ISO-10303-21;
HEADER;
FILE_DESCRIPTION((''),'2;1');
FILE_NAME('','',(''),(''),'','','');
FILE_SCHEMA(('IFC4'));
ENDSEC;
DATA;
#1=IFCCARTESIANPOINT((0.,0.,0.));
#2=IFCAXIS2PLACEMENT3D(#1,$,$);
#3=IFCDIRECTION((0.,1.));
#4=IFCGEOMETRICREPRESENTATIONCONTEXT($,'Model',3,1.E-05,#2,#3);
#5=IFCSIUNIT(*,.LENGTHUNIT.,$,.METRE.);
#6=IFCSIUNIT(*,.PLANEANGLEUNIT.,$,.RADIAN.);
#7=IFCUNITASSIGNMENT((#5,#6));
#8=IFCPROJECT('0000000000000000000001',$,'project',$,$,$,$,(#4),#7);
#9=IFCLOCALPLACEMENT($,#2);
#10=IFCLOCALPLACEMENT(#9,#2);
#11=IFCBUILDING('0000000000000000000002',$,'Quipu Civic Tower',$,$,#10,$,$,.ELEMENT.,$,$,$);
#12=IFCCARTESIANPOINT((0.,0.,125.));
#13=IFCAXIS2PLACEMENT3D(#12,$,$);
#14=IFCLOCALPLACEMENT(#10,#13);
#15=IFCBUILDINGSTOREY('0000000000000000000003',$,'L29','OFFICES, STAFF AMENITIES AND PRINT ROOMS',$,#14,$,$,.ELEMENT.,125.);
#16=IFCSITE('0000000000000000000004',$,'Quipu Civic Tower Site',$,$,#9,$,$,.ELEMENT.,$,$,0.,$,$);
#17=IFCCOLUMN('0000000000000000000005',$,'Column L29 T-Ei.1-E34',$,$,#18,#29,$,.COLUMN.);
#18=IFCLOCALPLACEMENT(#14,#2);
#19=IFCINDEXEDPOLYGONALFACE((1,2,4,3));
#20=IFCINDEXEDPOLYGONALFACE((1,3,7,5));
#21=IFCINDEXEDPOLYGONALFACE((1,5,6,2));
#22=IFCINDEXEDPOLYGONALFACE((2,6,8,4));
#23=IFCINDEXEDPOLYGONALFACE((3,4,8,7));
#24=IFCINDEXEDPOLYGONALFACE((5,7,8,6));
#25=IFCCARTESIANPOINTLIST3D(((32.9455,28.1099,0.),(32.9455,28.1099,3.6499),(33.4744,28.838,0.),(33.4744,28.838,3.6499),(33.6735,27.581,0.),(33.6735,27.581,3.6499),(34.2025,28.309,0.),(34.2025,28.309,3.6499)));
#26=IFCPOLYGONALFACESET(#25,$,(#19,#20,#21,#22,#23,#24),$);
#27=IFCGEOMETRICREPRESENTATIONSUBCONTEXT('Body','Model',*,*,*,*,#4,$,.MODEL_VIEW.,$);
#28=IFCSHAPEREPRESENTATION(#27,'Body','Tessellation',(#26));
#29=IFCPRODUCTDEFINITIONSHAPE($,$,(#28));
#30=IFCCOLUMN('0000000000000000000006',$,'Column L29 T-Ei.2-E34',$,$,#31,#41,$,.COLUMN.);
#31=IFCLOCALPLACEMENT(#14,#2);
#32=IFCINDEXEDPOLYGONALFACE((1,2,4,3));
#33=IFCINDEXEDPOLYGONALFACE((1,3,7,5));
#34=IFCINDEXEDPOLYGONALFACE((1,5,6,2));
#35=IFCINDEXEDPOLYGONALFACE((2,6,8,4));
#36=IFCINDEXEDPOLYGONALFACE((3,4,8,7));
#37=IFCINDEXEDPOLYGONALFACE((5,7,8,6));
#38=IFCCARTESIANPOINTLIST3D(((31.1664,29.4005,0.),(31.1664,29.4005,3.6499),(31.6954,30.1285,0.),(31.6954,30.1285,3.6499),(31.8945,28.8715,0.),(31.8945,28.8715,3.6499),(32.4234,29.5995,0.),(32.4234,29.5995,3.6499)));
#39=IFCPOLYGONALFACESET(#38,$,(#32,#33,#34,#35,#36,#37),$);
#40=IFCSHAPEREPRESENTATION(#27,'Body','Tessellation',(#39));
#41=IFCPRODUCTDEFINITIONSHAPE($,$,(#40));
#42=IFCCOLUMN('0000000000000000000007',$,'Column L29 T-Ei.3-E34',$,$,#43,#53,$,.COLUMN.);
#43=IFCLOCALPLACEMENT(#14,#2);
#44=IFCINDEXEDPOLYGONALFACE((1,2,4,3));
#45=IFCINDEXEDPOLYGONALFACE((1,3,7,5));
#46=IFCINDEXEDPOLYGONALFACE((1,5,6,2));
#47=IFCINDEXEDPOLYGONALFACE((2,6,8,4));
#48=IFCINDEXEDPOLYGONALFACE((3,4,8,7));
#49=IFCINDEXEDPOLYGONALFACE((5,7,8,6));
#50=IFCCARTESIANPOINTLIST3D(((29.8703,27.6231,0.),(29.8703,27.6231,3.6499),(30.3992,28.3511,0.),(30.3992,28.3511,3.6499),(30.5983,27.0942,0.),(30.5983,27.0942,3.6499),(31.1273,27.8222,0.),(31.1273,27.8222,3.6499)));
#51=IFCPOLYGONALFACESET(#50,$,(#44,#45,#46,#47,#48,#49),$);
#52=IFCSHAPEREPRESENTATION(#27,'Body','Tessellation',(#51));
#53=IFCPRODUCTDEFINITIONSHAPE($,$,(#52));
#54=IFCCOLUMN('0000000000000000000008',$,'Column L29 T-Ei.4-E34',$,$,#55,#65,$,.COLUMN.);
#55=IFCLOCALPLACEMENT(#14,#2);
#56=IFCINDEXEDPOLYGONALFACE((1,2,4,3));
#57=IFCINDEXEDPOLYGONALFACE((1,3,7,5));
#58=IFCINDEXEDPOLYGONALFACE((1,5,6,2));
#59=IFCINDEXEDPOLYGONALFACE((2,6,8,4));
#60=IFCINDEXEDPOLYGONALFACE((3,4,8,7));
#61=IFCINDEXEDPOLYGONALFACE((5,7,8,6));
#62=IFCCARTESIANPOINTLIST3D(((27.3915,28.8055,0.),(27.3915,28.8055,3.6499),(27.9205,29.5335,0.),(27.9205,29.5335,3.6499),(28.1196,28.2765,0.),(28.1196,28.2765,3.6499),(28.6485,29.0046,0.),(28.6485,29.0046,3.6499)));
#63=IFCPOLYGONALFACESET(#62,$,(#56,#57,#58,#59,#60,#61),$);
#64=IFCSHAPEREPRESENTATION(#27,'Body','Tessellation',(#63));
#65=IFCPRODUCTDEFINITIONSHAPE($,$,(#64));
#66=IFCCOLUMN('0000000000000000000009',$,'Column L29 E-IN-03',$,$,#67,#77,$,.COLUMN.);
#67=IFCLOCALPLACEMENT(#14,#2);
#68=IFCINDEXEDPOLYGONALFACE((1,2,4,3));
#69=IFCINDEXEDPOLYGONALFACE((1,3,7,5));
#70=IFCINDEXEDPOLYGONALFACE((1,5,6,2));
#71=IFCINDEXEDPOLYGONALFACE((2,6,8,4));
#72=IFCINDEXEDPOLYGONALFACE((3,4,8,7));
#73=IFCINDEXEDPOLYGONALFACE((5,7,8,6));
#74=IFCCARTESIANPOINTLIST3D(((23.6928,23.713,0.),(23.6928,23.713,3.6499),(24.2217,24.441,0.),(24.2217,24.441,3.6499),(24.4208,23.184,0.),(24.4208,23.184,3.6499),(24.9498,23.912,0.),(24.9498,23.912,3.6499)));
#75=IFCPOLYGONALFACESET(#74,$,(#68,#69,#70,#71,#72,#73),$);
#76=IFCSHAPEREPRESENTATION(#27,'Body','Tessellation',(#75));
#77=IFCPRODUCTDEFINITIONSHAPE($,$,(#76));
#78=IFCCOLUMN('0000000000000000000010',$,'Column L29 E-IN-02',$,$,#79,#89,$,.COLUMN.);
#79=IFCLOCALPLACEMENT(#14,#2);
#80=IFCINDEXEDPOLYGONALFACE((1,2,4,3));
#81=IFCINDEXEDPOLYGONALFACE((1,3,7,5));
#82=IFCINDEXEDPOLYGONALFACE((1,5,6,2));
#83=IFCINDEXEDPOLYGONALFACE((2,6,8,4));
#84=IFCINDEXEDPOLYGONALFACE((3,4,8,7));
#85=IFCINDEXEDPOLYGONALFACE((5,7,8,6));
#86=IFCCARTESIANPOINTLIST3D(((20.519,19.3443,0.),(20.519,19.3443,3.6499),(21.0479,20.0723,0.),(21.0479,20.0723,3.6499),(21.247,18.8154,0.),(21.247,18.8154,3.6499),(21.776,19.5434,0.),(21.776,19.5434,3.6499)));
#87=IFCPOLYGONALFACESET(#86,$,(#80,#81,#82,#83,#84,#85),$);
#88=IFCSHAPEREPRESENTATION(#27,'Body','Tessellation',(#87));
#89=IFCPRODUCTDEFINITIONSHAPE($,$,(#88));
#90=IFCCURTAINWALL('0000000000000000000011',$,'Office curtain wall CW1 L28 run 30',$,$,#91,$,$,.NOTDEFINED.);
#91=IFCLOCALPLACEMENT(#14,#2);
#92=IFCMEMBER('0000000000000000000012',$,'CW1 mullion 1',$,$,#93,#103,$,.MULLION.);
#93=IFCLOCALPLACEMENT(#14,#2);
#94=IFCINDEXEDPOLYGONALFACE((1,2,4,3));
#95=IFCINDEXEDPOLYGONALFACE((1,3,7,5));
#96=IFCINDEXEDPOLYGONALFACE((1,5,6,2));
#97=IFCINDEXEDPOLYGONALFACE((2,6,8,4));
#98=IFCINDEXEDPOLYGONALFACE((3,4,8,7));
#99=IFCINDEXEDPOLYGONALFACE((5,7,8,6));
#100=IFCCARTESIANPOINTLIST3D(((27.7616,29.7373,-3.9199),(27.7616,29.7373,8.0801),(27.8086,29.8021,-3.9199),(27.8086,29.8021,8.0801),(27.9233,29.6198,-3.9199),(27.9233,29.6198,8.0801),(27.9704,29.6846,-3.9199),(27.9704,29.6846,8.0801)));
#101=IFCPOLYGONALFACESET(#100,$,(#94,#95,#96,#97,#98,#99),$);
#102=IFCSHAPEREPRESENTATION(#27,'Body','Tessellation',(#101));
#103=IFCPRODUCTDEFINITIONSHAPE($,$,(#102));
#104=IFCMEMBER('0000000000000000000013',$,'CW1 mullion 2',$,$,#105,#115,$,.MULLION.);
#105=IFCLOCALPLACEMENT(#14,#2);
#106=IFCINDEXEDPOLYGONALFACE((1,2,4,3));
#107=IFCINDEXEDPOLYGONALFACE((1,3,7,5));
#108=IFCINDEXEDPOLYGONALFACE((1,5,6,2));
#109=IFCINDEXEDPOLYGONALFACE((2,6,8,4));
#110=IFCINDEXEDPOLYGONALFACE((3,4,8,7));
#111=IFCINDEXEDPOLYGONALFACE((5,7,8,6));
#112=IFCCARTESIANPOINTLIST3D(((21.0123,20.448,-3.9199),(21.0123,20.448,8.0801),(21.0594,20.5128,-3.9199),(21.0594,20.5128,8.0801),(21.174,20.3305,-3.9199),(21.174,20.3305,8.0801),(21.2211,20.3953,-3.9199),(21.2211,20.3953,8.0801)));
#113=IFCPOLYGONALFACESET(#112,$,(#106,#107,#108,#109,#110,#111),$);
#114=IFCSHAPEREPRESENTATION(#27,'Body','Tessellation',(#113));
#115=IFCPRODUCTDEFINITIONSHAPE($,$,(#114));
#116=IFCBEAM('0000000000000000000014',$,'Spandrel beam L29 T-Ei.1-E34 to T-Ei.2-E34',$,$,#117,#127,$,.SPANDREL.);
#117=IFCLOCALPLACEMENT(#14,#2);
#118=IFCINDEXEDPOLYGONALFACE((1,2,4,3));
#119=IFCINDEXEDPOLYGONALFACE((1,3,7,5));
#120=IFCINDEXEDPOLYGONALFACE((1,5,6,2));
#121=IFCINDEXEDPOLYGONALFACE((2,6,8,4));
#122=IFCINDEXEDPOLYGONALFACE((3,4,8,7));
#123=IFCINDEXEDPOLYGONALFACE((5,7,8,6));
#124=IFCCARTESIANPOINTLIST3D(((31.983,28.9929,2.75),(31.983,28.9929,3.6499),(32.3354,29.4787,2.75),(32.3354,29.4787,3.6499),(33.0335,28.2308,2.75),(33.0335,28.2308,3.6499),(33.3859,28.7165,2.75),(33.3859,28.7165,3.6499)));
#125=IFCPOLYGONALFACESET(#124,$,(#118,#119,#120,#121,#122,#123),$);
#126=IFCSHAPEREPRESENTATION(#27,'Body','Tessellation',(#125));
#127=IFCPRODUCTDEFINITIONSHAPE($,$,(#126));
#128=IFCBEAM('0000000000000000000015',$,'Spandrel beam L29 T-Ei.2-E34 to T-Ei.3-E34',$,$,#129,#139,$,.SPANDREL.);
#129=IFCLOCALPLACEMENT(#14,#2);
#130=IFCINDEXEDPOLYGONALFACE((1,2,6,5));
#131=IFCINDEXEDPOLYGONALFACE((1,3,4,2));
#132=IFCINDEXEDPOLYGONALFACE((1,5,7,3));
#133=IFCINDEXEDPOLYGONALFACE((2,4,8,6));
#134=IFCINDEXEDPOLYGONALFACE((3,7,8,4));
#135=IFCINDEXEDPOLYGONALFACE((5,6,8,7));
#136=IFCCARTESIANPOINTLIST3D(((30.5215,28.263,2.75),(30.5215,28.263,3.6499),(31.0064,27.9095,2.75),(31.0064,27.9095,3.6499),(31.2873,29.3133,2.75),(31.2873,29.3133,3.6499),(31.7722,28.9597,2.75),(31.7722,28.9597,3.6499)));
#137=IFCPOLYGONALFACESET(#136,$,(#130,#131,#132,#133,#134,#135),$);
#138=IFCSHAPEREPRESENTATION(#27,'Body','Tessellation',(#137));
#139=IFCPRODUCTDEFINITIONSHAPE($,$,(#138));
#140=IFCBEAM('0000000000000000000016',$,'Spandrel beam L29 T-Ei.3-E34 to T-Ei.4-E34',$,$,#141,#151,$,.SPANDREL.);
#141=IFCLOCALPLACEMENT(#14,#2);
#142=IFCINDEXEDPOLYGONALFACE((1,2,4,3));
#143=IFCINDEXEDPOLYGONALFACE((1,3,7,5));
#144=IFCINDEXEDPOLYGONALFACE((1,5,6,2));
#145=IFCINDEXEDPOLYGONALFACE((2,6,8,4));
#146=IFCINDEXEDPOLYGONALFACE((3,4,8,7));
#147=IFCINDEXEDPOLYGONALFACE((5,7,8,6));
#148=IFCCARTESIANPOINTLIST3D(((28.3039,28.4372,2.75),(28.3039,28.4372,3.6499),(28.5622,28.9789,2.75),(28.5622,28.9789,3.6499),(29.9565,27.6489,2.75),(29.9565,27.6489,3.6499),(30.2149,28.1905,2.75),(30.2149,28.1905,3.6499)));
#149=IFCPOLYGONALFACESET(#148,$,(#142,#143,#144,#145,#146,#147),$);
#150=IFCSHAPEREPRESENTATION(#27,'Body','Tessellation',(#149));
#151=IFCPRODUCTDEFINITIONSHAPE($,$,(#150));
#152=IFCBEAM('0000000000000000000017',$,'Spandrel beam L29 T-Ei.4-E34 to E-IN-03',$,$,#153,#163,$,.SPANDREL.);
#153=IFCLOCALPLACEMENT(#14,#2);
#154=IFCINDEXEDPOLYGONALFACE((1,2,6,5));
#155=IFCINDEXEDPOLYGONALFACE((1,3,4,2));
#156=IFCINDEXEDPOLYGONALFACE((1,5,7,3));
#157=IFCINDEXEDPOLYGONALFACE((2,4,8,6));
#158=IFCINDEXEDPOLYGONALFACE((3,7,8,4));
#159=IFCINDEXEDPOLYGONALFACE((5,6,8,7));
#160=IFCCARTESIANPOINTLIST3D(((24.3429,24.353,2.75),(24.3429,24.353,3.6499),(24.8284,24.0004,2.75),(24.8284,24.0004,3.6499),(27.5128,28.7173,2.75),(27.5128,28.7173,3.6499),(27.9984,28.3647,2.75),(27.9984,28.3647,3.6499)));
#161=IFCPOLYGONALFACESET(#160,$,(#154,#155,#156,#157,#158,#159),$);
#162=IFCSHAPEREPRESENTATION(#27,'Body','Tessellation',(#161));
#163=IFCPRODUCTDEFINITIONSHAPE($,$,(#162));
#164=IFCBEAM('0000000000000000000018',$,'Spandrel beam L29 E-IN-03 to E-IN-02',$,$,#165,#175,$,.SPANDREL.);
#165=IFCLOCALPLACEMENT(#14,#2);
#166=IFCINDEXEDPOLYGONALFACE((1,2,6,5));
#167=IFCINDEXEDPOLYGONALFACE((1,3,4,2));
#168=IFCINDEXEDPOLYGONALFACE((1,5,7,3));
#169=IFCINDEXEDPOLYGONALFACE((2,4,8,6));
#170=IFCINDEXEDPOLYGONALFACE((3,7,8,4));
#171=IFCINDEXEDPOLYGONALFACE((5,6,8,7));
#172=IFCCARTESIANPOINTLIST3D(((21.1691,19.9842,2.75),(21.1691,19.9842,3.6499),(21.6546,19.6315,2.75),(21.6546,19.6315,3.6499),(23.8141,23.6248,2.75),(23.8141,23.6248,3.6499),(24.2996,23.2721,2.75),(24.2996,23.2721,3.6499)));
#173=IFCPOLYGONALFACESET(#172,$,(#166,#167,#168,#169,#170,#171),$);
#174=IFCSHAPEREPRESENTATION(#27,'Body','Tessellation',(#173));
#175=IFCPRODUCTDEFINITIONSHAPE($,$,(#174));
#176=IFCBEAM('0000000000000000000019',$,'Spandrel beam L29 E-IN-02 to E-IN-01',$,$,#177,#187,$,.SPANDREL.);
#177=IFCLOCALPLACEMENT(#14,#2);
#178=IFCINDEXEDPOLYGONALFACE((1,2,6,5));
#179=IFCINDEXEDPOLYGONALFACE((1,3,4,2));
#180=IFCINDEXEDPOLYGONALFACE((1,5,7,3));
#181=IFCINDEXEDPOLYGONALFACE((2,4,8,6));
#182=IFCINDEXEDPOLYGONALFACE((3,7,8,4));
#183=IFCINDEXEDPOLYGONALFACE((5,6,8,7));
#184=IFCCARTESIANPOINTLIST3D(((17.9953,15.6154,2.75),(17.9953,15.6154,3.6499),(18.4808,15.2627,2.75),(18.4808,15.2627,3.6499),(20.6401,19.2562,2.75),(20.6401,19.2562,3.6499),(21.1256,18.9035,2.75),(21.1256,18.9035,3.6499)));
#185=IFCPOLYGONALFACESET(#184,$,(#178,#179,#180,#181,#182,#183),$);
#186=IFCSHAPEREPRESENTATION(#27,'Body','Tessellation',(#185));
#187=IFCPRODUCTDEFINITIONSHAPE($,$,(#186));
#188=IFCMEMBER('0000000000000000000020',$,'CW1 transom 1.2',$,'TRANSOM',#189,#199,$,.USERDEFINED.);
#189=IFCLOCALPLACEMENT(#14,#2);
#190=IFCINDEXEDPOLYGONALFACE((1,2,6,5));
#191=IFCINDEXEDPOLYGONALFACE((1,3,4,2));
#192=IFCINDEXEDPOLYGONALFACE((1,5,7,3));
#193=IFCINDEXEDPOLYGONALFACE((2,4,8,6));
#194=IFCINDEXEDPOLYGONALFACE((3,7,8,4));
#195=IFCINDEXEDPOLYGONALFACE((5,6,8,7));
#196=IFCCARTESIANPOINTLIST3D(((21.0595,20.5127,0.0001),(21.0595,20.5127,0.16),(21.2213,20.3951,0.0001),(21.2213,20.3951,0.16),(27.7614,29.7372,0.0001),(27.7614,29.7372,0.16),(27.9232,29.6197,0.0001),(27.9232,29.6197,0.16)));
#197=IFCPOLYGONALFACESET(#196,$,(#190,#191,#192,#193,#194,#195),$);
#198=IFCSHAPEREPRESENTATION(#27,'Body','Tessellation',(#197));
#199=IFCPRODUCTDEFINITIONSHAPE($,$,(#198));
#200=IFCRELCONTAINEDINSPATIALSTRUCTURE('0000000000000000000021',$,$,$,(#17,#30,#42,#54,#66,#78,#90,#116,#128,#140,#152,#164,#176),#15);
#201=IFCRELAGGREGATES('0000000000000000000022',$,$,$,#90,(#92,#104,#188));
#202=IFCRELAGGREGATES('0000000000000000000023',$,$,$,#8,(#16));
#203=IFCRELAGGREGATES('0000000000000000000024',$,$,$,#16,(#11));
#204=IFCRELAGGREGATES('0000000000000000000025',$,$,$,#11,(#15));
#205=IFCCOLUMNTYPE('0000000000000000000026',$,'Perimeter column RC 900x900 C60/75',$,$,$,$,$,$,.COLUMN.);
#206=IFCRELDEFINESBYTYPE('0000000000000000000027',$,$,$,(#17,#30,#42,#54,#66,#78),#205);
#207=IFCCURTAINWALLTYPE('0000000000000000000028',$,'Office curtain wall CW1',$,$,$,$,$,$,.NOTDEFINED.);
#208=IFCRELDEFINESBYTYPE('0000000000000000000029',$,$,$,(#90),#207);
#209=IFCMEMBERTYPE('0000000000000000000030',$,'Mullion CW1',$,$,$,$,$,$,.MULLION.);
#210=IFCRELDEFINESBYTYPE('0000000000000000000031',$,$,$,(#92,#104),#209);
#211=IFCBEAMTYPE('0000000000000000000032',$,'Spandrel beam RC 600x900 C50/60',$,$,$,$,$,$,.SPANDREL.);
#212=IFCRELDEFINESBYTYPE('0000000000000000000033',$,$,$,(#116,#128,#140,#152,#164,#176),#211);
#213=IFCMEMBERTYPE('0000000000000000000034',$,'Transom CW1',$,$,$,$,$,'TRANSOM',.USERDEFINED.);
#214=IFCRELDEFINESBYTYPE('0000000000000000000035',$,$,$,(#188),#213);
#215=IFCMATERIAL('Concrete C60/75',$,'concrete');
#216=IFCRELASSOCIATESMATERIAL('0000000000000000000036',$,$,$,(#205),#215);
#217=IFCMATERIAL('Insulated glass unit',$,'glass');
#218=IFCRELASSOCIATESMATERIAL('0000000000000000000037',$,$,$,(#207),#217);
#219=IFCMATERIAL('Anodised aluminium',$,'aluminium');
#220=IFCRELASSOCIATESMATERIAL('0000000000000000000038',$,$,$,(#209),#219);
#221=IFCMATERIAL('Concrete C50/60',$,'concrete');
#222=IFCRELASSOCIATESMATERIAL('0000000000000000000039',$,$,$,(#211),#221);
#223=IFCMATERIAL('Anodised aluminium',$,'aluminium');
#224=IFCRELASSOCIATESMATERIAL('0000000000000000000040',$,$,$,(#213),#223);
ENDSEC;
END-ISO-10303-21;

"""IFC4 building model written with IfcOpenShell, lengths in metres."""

from ifc_helpers import new_model, si_unit, direction, frame, origin, origin_2d, place, context, subcontext, project, spatial, rectangle, extrude, material, material_profile, profile_set, type_object, element, aggregate, save


model = new_model("IFC4")

# Units and contexts
model_context = context("Model", 3, precision=1e-05, world=origin(), true_north=direction((0.0, 1.0)))
body_context = subcontext(model_context, "Body", "Model", "MODEL_VIEW")
ifc_project = project(units=[si_unit("LENGTHUNIT", "METRE"), si_unit("PLANEANGLEUNIT", "RADIAN")], contexts=[model_context])

# Site, building, storey
site_placement = place(None, origin())
site = spatial("IfcSite", under=ifc_project, at=site_placement, Name="Quipu Civic Tower Site", CompositionType="ELEMENT", RefElevation=0.0)
building_placement = place(site_placement, origin())
building = spatial("IfcBuilding", under=site, at=building_placement, Name="Quipu Civic Tower", CompositionType="ELEMENT")
storey_placement = place(building_placement, frame((0.0, 0.0, 125.0)))
storey = spatial("IfcBuildingStorey", under=building, at=storey_placement, Name="L29", Description="OFFICES, STAFF AMENITIES AND PRINT ROOMS", CompositionType="ELEMENT", Elevation=125.0)

# Columns
ifc_material_1 = material(Name="Concrete C60/75", Category="concrete")
ifc_material_profile_1 = material_profile(ifc_material_1, rectangle(XDim=0.8999, YDim=0.8999, at=origin_2d()), Name="RC900x900")
ifc_profile_set_1 = profile_set([ifc_material_profile_1], Name="Concrete C60/75")
column_type = type_object("IfcColumnType", Name="Perimeter column RC 900x900 C60/75", PredefinedType="COLUMN", material=ifc_profile_set_1)
for number, where, z_axis, x_axis, name in (
    (1, (33.574, 28.2095, 0.0), (0.0, 0.0, 1.0), (-0.809017, 0.587785, 0.0), "Column L29 T-Ei.1-E34"),
    (2, (31.7949, 29.5, 0.0), (0.0, 0.0, 1.0), (-0.587785, -0.809017, 0.0), "Column L29 T-Ei.2-E34"),
    (3, (30.4988, 27.7227, 0.0), (0.0, 0.0, 1.0), (-0.809017, 0.587785, 0.0), "Column L29 T-Ei.3-E34"),
    (4, (28.02, 28.905, 0.0), (0.0, 0.0, 1.0), (-0.809017, 0.587785, 0.0), "Column L29 T-Ei.4-E34"),
    (5, (24.3213, 23.8125, 0.0), (0.0, 0.0, 1.0), (-0.587785, -0.809017, 0.0), "Column L29 E-IN-03"),
    (6, (21.1475, 19.4438, 0.0), (0.0, 0.0, 1.0), (-0.587785, -0.809017, 0.0), "Column L29 E-IN-02"),
):
    element("IfcColumn", number, at=place(storey_placement, frame(where, z_axis=z_axis, x_axis=x_axis)), inside=storey, type_object=column_type, Name=name, PredefinedType="COLUMN", context=body_context, shape_type="SweptSolid", body=[
        extrude(rectangle(XDim=0.8999, YDim=0.8999, at=origin_2d()), origin(), (0.0, 0.0, 1.0), 3.6499),
    ])

# Curtain wall, members
ifc_material_2 = material(Name="Insulated glass unit", Category="glass")
curtain_wall_type = type_object("IfcCurtainWallType", Name="Office curtain wall CW1", PredefinedType="NOTDEFINED", material=ifc_material_2)
curtain_wall_placement = place(storey_placement, origin())
curtain_wall = element("IfcCurtainWall", 7, at=curtain_wall_placement, inside=storey, type_object=curtain_wall_type, Name="Office curtain wall CW1 L28 run 30", PredefinedType="NOTDEFINED")
ifc_material_3 = material(Name="Anodised aluminium", Category="aluminium")
ifc_material_profile_2 = material_profile(ifc_material_3, rectangle(XDim=0.2, YDim=0.0801, at=origin_2d()), Name="RECT 200x80")
ifc_profile_set_2 = profile_set([ifc_material_profile_2], Name="Anodised aluminium")
member_type_1 = type_object("IfcMemberType", Name="Mullion CW1", PredefinedType="MULLION", material=ifc_profile_set_2)
member_1_placement = place(storey_placement, frame((27.866, 29.7109, -3.9199), z_axis=(0.0, 0.0, 1.0), x_axis=(0.809014, -0.587789, 0.0)))
member_1 = element("IfcMember", 8, at=member_1_placement, type_object=member_type_1, Name="CW1 mullion 1", PredefinedType="MULLION", context=body_context, shape_type="SweptSolid", body=[
    extrude(rectangle(XDim=0.2, YDim=0.0801, at=origin_2d()), origin(), (0.0, 0.0, 1.0), 12.0),
])
member_2_placement = place(storey_placement, frame((21.1167, 20.4216, -3.9199), z_axis=(0.0, 0.0, 1.0), x_axis=(0.809014, -0.587789, 0.0)))
member_2 = element("IfcMember", 9, at=member_2_placement, type_object=member_type_1, Name="CW1 mullion 2", PredefinedType="MULLION", context=body_context, shape_type="SweptSolid", body=[
    extrude(rectangle(XDim=0.2, YDim=0.0801, at=origin_2d()), origin(), (0.0, 0.0, 1.0), 12.0),
])

# Beams
ifc_material_4 = material(Name="Concrete C50/60", Category="concrete")
ifc_material_profile_3 = material_profile(ifc_material_4, rectangle(XDim=0.6001, YDim=0.8999, at=origin_2d()), Name="RC600x900")
ifc_profile_set_3 = profile_set([ifc_material_profile_3], Name="Concrete C50/60")
beam_type = type_object("IfcBeamType", Name="Spandrel beam RC 600x900 C50/60", PredefinedType="SPANDREL", material=ifc_profile_set_3)
beam_1_placement = place(storey_placement, frame((33.2097, 28.4736, 3.2), z_axis=(-0.809403, 0.587254, 0.0), x_axis=(-0.587254, -0.809403, 0.0)))
element("IfcBeam", 10, at=beam_1_placement, inside=storey, type_object=beam_type, Name="Spandrel beam L29 T-Ei.1-E34 to T-Ei.2-E34", PredefinedType="SPANDREL", context=body_context, shape_type="SweptSolid", body=[
    extrude(rectangle(XDim=0.6001, YDim=0.8999, at=origin_2d()), origin(), (0.0, 0.0, 1.0), 1.2979),
])
beam_2_placement = place(storey_placement, frame((31.5298, 29.1365, 3.2), z_axis=(-0.589187, -0.807996, 0.0), x_axis=(0.807996, -0.589187, 0.0)))
element("IfcBeam", 11, at=beam_2_placement, inside=storey, type_object=beam_type, Name="Spandrel beam L29 T-Ei.2-E34 to T-Ei.3-E34", PredefinedType="SPANDREL", context=body_context, shape_type="SweptSolid", body=[
    extrude(rectangle(XDim=0.6001, YDim=0.8999, at=origin_2d()), origin(), (0.0, 0.0, 1.0), 1.2998),
])
beam_3_placement = place(storey_placement, frame((30.0857, 27.9197, 3.2), z_axis=(-0.902567, 0.430549, 0.0), x_axis=(-0.430549, -0.902567, 0.0)))
element("IfcBeam", 12, at=beam_3_placement, inside=storey, type_object=beam_type, Name="Spandrel beam L29 T-Ei.3-E34 to T-Ei.4-E34", PredefinedType="SPANDREL", context=body_context, shape_type="SweptSolid", body=[
    extrude(rectangle(XDim=0.6001, YDim=0.8999, at=origin_2d()), origin(), (0.0, 0.0, 1.0), 1.8311),
])
beam_4_placement = place(storey_placement, frame((27.7556, 28.541, 3.2), z_axis=(-0.587676, -0.809096, 0.0), x_axis=(0.809096, -0.587676, 0.0)))
element("IfcBeam", 13, at=beam_4_placement, inside=storey, type_object=beam_type, Name="Spandrel beam L29 T-Ei.4-E34 to E-IN-03", PredefinedType="SPANDREL", context=body_context, shape_type="SweptSolid", body=[
    extrude(rectangle(XDim=0.6001, YDim=0.8999, at=origin_2d()), origin(), (0.0, 0.0, 1.0), 5.394),
])
for number, where, z_axis, x_axis, name in (
    (14, (24.0569, 23.4485, 3.2), (-0.587778, -0.809022, 0.0), (0.809022, -0.587778, 0.0), "Spandrel beam L29 E-IN-03 to E-IN-02"),
    (15, (20.8828, 19.0798, 3.2), (-0.587717, -0.809067, 0.0), (0.809067, -0.587717, 0.0), "Spandrel beam L29 E-IN-02 to E-IN-01"),
):
    element("IfcBeam", number, at=place(storey_placement, frame(where, z_axis=z_axis, x_axis=x_axis)), inside=storey, type_object=beam_type, Name=name, PredefinedType="SPANDREL", context=body_context, shape_type="SweptSolid", body=[
        extrude(rectangle(XDim=0.6001, YDim=0.8999, at=origin_2d()), origin(), (0.0, 0.0, 1.0), 4.5),
    ])

# Member
ifc_material_5 = material(Name="Anodised aluminium", Category="aluminium")
ifc_material_profile_4 = material_profile(ifc_material_5, rectangle(XDim=0.2, YDim=0.1599, at=origin_2d()), Name="RECT 200x160")
ifc_profile_set_4 = profile_set([ifc_material_profile_4], Name="Anodised aluminium")
member_type_2 = type_object("IfcMemberType", Name="Transom CW1", ElementType="TRANSOM", PredefinedType="USERDEFINED", material=ifc_profile_set_4)
member_3_placement = place(storey_placement, frame((27.8423, 29.6785, 0.0801), z_axis=(-0.587776, -0.809024, 0.0), x_axis=(0.809024, -0.587776, 0.0)))
member_3 = element("IfcMember", 16, at=member_3_placement, type_object=member_type_2, Name="CW1 transom 1.2", ObjectType="TRANSOM", PredefinedType="USERDEFINED", context=body_context, shape_type="SweptSolid", body=[
    extrude(rectangle(XDim=0.2, YDim=0.1599, at=origin_2d()), origin(), (0.0, 0.0, 1.0), 11.4021),
])

aggregate(curtain_wall, [member_1, member_2, member_3])

save(model, "model.ifc")
